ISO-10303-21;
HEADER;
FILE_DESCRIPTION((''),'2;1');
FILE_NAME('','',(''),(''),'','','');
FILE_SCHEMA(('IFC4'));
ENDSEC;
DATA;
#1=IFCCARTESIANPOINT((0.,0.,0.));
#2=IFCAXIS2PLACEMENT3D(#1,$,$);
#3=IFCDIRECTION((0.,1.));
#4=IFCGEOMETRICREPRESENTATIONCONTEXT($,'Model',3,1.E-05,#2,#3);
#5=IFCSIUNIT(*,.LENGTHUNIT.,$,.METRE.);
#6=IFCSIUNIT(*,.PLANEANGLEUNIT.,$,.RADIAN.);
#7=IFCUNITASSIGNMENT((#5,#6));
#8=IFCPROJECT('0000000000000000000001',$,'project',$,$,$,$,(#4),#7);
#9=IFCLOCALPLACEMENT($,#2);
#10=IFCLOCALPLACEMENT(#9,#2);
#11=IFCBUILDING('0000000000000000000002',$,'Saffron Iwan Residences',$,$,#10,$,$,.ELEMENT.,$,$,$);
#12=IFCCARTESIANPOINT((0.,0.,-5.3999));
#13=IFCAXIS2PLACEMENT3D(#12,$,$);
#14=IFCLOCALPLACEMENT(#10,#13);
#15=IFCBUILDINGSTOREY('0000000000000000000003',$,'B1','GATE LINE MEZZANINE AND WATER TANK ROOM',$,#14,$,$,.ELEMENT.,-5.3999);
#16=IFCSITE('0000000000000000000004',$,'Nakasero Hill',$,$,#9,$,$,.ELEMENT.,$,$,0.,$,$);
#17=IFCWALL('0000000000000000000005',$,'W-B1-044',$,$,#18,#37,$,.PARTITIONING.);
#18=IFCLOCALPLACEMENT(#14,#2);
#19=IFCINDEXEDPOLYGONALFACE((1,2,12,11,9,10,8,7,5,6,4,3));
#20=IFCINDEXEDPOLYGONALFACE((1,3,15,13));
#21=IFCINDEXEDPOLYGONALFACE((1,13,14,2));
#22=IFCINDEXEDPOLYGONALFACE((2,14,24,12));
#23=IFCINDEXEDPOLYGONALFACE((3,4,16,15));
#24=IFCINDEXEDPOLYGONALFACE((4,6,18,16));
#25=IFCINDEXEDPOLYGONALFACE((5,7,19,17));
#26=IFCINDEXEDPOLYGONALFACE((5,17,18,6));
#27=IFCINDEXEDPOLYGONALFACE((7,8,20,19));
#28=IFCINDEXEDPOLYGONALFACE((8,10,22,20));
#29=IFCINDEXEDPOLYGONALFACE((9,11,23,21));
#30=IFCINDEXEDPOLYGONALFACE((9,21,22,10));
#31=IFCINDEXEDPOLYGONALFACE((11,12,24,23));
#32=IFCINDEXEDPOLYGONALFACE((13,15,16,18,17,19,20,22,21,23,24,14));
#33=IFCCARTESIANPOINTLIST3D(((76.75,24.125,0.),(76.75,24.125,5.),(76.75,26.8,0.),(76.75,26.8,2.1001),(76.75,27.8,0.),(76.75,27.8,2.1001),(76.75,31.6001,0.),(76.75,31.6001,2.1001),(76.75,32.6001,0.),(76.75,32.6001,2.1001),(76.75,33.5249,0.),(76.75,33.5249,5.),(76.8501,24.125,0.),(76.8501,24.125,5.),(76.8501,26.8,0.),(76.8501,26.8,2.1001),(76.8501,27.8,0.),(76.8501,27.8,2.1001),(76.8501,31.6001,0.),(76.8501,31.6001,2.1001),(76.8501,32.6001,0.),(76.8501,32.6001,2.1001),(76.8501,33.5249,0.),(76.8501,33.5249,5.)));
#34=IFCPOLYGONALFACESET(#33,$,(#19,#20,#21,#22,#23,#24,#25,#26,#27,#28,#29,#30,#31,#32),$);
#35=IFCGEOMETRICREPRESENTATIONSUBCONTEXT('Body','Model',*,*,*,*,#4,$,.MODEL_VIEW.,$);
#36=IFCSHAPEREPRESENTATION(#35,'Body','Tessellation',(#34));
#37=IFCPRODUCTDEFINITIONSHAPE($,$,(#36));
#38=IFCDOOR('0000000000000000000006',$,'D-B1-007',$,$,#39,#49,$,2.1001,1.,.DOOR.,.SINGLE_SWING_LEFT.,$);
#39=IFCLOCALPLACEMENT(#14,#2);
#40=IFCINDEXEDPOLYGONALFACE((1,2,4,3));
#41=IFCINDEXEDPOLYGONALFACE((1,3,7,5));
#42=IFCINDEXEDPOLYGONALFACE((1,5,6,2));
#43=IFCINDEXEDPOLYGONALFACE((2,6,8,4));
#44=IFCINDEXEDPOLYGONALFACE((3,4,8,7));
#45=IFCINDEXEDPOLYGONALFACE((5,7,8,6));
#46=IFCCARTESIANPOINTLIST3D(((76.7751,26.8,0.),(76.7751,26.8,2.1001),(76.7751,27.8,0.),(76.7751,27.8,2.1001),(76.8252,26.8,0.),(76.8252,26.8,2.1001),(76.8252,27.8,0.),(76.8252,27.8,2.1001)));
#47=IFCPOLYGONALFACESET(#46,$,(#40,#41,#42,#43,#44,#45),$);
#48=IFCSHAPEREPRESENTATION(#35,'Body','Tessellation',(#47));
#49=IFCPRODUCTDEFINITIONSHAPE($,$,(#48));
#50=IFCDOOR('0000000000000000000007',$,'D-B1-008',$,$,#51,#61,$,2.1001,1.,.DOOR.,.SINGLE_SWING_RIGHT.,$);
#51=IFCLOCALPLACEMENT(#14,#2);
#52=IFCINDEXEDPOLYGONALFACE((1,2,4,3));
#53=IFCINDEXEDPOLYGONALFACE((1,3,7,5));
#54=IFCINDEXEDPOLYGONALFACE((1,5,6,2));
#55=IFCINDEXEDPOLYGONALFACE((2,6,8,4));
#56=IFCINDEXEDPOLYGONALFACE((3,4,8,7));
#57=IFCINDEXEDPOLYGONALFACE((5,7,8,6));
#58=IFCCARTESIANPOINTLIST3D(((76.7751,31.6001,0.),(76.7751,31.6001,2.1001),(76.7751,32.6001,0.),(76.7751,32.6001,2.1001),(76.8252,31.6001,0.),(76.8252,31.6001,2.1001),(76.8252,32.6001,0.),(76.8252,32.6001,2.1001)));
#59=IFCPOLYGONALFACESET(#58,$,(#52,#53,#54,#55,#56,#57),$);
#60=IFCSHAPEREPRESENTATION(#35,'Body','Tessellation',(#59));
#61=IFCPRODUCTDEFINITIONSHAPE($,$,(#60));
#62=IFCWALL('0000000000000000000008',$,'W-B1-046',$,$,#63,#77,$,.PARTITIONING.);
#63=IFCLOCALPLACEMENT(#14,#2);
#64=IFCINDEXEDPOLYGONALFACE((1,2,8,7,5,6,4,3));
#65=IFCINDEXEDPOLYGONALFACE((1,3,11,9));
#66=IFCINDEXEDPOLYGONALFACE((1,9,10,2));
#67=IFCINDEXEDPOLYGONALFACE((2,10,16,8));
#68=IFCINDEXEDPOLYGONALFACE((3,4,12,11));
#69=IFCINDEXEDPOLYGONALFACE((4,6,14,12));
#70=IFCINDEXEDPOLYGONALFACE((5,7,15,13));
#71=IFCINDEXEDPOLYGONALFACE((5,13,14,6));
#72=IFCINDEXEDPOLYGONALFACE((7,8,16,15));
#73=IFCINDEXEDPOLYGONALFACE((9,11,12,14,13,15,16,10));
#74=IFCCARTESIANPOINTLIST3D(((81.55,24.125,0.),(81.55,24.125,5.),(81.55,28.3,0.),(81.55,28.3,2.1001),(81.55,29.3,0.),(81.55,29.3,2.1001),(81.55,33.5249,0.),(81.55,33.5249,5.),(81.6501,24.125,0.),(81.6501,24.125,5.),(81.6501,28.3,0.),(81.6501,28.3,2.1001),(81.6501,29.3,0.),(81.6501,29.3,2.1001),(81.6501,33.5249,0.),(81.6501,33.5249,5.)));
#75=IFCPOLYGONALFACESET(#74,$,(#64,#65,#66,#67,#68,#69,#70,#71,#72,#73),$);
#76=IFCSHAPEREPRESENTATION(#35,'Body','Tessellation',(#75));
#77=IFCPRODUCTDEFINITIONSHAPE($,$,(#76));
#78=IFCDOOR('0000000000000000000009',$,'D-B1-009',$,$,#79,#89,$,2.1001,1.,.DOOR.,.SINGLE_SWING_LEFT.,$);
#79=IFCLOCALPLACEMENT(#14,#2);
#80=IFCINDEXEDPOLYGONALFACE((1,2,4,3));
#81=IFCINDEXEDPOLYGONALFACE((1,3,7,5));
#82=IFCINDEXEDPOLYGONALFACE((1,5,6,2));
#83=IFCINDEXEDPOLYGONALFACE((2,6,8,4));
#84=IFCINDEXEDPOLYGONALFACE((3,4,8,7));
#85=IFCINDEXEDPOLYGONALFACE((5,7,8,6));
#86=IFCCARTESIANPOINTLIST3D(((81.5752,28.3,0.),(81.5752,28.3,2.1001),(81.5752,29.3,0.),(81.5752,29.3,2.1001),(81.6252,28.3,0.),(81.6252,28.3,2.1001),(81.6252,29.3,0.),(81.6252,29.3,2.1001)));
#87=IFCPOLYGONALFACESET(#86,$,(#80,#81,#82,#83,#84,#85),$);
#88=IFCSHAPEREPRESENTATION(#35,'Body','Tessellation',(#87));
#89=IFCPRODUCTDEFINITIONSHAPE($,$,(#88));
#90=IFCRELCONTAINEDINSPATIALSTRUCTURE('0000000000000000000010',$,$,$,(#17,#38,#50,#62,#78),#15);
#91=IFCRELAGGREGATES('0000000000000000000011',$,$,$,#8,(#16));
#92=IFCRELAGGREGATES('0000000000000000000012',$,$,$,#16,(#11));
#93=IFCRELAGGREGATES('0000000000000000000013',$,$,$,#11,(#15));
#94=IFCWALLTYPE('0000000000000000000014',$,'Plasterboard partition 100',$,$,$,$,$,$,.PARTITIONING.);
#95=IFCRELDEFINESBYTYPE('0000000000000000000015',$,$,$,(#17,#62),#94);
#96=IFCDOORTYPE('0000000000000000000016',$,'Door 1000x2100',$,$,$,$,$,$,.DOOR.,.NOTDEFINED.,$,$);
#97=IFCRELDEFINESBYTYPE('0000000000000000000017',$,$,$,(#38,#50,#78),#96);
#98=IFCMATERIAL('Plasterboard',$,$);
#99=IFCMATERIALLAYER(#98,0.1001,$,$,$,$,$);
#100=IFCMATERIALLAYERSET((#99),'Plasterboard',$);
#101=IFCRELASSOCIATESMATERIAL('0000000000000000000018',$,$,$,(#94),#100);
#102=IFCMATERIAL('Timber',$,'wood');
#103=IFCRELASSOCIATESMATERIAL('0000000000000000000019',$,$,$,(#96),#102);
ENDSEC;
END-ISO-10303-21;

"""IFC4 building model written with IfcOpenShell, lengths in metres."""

from ifc_helpers import new_model, si_unit, direction, frame, frame_2d, origin, place, context, subcontext, project, spatial, rectangle, extrude, material, layer, layer_set, type_object, element, fill, save


model = new_model("IFC4")

# Units and contexts
model_context = context("Model", 3, precision=1e-05, world=origin(), true_north=direction((0.0, 1.0)))
body_context = subcontext(model_context, "Body", "Model", "MODEL_VIEW")
ifc_project = project(units=[si_unit("LENGTHUNIT", "METRE"), si_unit("PLANEANGLEUNIT", "RADIAN")], contexts=[model_context])

# Site, building, storey
site_placement = place(None, origin())
site = spatial("IfcSite", under=ifc_project, at=site_placement, Name="Nakasero Hill", CompositionType="ELEMENT", RefElevation=0.0)
building_placement = place(site_placement, origin())
building = spatial("IfcBuilding", under=site, at=building_placement, Name="Saffron Iwan Residences", CompositionType="ELEMENT")
storey_placement = place(building_placement, frame((0.0, 0.0, -5.3999)))
storey = spatial("IfcBuildingStorey", under=building, at=storey_placement, Name="B1", Description="GATE LINE MEZZANINE AND WATER TANK ROOM", CompositionType="ELEMENT", Elevation=-5.3999)

# Shared definitions
ifc_material_1 = material(Name="Plasterboard")
ifc_layer_1 = layer(ifc_material_1, 0.1001)
ifc_layer_set_1 = layer_set([ifc_layer_1], Name="Plasterboard")
wall_type_1 = type_object("IfcWallType", Name="Plasterboard partition 100", PredefinedType="PARTITIONING", material=ifc_layer_set_1)

# Wall, openings, doors
wall_1_placement = place(storey_placement, frame((76.8, 24.125, 0.0), z_axis=(0.0, 0.0, 1.0), x_axis=(0.0, 1.0, 0.0)))
wall_1 = element("IfcWall", 1, at=wall_1_placement, inside=storey, type_object=wall_type_1, Name="W-B1-044", PredefinedType="PARTITIONING", context=body_context, shape_type="SweptSolid", body=[
    extrude(rectangle(XDim=9.3999, YDim=0.1001, at=frame_2d((4.7, 0.0))), origin(), (0.0, 0.0, 1.0), 5.0),
])
opening_1_placement = place(wall_1_placement, frame((2.675, 0.0, 0.0)))
opening_1 = element("IfcOpeningElement", 2, at=opening_1_placement, cuts=wall_1, PredefinedType="OPENING", context=body_context, shape_type="SweptSolid", body=[
    extrude(rectangle(XDim=1.0, YDim=2.1001, at=frame_2d((0.5, 1.05))), frame((0.0, 0.0601, 0.0), z_axis=(0.0, -1.0, 0.0), x_axis=(1.0, 0.0, 0.0)), (0.0, 0.0, 1.0), 0.1201),
])
opening_2_placement = place(wall_1_placement, frame((7.4751, 0.0, 0.0)))
opening_2 = element("IfcOpeningElement", 3, at=opening_2_placement, cuts=wall_1, PredefinedType="OPENING", context=body_context, shape_type="SweptSolid", body=[
    extrude(rectangle(XDim=1.0, YDim=2.1001, at=frame_2d((0.5, 1.05))), frame((0.0, 0.0601, 0.0), z_axis=(0.0, -1.0, 0.0), x_axis=(1.0, 0.0, 0.0)), (0.0, 0.0, 1.0), 0.1201),
])
ifc_material_2 = material(Name="Timber", Category="wood")
door_type = type_object("IfcDoorType", Name="Door 1000x2100", OperationType="NOTDEFINED", PredefinedType="DOOR", material=ifc_material_2)
door_1_placement = place(opening_1_placement, origin())
door_1 = element("IfcDoor", 4, at=door_1_placement, inside=storey, type_object=door_type, Name="D-B1-007", OperationType="SINGLE_SWING_LEFT", OverallHeight=2.1001, OverallWidth=1.0, PredefinedType="DOOR", context=body_context, shape_type="SweptSolid", body=[
    extrude(rectangle(XDim=1.0, YDim=2.1001, at=frame_2d((0.5, 1.05))), frame((0.0, 0.0249, 0.0), z_axis=(0.0, -1.0, 0.0), x_axis=(1.0, 0.0, 0.0)), (0.0, 0.0, 1.0), 0.05),
])
fill(opening_1, door_1)
door_2_placement = place(opening_2_placement, origin())
door_2 = element("IfcDoor", 5, at=door_2_placement, inside=storey, type_object=door_type, Name="D-B1-008", OperationType="SINGLE_SWING_RIGHT", OverallHeight=2.1001, OverallWidth=1.0, PredefinedType="DOOR", context=body_context, shape_type="SweptSolid", body=[
    extrude(rectangle(XDim=1.0, YDim=2.1001, at=frame_2d((0.5, 1.05))), frame((0.0, 0.0249, 0.0), z_axis=(0.0, -1.0, 0.0), x_axis=(1.0, 0.0, 0.0)), (0.0, 0.0, 1.0), 0.05),
])
fill(opening_2, door_2)

# Wall, opening, door
wall_2_placement = place(storey_placement, frame((81.6001, 24.125, 0.0), z_axis=(0.0, 0.0, 1.0), x_axis=(0.0, 1.0, 0.0)))
wall_2 = element("IfcWall", 6, at=wall_2_placement, inside=storey, type_object=wall_type_1, Name="W-B1-046", PredefinedType="PARTITIONING", context=body_context, shape_type="SweptSolid", body=[
    extrude(rectangle(XDim=9.3999, YDim=0.1001, at=frame_2d((4.7, 0.0))), origin(), (0.0, 0.0, 1.0), 5.0),
])
opening_3_placement = place(wall_2_placement, frame((4.175, 0.0, 0.0)))
opening_3 = element("IfcOpeningElement", 7, at=opening_3_placement, cuts=wall_2, PredefinedType="OPENING", context=body_context, shape_type="SweptSolid", body=[
    extrude(rectangle(XDim=1.0, YDim=2.1001, at=frame_2d((0.5, 1.05))), frame((0.0, 0.0601, 0.0), z_axis=(0.0, -1.0, 0.0), x_axis=(1.0, 0.0, 0.0)), (0.0, 0.0, 1.0), 0.1201),
])
door_3_placement = place(opening_3_placement, origin())
door_3 = element("IfcDoor", 8, at=door_3_placement, inside=storey, type_object=door_type, Name="D-B1-009", OperationType="SINGLE_SWING_LEFT", OverallHeight=2.1001, OverallWidth=1.0, PredefinedType="DOOR", context=body_context, shape_type="SweptSolid", body=[
    extrude(rectangle(XDim=1.0, YDim=2.1001, at=frame_2d((0.5, 1.05))), frame((0.0, 0.0249, 0.0), z_axis=(0.0, -1.0, 0.0), x_axis=(1.0, 0.0, 0.0)), (0.0, 0.0, 1.0), 0.05),
])
fill(opening_3, door_3)

save(model, "model.ifc")
